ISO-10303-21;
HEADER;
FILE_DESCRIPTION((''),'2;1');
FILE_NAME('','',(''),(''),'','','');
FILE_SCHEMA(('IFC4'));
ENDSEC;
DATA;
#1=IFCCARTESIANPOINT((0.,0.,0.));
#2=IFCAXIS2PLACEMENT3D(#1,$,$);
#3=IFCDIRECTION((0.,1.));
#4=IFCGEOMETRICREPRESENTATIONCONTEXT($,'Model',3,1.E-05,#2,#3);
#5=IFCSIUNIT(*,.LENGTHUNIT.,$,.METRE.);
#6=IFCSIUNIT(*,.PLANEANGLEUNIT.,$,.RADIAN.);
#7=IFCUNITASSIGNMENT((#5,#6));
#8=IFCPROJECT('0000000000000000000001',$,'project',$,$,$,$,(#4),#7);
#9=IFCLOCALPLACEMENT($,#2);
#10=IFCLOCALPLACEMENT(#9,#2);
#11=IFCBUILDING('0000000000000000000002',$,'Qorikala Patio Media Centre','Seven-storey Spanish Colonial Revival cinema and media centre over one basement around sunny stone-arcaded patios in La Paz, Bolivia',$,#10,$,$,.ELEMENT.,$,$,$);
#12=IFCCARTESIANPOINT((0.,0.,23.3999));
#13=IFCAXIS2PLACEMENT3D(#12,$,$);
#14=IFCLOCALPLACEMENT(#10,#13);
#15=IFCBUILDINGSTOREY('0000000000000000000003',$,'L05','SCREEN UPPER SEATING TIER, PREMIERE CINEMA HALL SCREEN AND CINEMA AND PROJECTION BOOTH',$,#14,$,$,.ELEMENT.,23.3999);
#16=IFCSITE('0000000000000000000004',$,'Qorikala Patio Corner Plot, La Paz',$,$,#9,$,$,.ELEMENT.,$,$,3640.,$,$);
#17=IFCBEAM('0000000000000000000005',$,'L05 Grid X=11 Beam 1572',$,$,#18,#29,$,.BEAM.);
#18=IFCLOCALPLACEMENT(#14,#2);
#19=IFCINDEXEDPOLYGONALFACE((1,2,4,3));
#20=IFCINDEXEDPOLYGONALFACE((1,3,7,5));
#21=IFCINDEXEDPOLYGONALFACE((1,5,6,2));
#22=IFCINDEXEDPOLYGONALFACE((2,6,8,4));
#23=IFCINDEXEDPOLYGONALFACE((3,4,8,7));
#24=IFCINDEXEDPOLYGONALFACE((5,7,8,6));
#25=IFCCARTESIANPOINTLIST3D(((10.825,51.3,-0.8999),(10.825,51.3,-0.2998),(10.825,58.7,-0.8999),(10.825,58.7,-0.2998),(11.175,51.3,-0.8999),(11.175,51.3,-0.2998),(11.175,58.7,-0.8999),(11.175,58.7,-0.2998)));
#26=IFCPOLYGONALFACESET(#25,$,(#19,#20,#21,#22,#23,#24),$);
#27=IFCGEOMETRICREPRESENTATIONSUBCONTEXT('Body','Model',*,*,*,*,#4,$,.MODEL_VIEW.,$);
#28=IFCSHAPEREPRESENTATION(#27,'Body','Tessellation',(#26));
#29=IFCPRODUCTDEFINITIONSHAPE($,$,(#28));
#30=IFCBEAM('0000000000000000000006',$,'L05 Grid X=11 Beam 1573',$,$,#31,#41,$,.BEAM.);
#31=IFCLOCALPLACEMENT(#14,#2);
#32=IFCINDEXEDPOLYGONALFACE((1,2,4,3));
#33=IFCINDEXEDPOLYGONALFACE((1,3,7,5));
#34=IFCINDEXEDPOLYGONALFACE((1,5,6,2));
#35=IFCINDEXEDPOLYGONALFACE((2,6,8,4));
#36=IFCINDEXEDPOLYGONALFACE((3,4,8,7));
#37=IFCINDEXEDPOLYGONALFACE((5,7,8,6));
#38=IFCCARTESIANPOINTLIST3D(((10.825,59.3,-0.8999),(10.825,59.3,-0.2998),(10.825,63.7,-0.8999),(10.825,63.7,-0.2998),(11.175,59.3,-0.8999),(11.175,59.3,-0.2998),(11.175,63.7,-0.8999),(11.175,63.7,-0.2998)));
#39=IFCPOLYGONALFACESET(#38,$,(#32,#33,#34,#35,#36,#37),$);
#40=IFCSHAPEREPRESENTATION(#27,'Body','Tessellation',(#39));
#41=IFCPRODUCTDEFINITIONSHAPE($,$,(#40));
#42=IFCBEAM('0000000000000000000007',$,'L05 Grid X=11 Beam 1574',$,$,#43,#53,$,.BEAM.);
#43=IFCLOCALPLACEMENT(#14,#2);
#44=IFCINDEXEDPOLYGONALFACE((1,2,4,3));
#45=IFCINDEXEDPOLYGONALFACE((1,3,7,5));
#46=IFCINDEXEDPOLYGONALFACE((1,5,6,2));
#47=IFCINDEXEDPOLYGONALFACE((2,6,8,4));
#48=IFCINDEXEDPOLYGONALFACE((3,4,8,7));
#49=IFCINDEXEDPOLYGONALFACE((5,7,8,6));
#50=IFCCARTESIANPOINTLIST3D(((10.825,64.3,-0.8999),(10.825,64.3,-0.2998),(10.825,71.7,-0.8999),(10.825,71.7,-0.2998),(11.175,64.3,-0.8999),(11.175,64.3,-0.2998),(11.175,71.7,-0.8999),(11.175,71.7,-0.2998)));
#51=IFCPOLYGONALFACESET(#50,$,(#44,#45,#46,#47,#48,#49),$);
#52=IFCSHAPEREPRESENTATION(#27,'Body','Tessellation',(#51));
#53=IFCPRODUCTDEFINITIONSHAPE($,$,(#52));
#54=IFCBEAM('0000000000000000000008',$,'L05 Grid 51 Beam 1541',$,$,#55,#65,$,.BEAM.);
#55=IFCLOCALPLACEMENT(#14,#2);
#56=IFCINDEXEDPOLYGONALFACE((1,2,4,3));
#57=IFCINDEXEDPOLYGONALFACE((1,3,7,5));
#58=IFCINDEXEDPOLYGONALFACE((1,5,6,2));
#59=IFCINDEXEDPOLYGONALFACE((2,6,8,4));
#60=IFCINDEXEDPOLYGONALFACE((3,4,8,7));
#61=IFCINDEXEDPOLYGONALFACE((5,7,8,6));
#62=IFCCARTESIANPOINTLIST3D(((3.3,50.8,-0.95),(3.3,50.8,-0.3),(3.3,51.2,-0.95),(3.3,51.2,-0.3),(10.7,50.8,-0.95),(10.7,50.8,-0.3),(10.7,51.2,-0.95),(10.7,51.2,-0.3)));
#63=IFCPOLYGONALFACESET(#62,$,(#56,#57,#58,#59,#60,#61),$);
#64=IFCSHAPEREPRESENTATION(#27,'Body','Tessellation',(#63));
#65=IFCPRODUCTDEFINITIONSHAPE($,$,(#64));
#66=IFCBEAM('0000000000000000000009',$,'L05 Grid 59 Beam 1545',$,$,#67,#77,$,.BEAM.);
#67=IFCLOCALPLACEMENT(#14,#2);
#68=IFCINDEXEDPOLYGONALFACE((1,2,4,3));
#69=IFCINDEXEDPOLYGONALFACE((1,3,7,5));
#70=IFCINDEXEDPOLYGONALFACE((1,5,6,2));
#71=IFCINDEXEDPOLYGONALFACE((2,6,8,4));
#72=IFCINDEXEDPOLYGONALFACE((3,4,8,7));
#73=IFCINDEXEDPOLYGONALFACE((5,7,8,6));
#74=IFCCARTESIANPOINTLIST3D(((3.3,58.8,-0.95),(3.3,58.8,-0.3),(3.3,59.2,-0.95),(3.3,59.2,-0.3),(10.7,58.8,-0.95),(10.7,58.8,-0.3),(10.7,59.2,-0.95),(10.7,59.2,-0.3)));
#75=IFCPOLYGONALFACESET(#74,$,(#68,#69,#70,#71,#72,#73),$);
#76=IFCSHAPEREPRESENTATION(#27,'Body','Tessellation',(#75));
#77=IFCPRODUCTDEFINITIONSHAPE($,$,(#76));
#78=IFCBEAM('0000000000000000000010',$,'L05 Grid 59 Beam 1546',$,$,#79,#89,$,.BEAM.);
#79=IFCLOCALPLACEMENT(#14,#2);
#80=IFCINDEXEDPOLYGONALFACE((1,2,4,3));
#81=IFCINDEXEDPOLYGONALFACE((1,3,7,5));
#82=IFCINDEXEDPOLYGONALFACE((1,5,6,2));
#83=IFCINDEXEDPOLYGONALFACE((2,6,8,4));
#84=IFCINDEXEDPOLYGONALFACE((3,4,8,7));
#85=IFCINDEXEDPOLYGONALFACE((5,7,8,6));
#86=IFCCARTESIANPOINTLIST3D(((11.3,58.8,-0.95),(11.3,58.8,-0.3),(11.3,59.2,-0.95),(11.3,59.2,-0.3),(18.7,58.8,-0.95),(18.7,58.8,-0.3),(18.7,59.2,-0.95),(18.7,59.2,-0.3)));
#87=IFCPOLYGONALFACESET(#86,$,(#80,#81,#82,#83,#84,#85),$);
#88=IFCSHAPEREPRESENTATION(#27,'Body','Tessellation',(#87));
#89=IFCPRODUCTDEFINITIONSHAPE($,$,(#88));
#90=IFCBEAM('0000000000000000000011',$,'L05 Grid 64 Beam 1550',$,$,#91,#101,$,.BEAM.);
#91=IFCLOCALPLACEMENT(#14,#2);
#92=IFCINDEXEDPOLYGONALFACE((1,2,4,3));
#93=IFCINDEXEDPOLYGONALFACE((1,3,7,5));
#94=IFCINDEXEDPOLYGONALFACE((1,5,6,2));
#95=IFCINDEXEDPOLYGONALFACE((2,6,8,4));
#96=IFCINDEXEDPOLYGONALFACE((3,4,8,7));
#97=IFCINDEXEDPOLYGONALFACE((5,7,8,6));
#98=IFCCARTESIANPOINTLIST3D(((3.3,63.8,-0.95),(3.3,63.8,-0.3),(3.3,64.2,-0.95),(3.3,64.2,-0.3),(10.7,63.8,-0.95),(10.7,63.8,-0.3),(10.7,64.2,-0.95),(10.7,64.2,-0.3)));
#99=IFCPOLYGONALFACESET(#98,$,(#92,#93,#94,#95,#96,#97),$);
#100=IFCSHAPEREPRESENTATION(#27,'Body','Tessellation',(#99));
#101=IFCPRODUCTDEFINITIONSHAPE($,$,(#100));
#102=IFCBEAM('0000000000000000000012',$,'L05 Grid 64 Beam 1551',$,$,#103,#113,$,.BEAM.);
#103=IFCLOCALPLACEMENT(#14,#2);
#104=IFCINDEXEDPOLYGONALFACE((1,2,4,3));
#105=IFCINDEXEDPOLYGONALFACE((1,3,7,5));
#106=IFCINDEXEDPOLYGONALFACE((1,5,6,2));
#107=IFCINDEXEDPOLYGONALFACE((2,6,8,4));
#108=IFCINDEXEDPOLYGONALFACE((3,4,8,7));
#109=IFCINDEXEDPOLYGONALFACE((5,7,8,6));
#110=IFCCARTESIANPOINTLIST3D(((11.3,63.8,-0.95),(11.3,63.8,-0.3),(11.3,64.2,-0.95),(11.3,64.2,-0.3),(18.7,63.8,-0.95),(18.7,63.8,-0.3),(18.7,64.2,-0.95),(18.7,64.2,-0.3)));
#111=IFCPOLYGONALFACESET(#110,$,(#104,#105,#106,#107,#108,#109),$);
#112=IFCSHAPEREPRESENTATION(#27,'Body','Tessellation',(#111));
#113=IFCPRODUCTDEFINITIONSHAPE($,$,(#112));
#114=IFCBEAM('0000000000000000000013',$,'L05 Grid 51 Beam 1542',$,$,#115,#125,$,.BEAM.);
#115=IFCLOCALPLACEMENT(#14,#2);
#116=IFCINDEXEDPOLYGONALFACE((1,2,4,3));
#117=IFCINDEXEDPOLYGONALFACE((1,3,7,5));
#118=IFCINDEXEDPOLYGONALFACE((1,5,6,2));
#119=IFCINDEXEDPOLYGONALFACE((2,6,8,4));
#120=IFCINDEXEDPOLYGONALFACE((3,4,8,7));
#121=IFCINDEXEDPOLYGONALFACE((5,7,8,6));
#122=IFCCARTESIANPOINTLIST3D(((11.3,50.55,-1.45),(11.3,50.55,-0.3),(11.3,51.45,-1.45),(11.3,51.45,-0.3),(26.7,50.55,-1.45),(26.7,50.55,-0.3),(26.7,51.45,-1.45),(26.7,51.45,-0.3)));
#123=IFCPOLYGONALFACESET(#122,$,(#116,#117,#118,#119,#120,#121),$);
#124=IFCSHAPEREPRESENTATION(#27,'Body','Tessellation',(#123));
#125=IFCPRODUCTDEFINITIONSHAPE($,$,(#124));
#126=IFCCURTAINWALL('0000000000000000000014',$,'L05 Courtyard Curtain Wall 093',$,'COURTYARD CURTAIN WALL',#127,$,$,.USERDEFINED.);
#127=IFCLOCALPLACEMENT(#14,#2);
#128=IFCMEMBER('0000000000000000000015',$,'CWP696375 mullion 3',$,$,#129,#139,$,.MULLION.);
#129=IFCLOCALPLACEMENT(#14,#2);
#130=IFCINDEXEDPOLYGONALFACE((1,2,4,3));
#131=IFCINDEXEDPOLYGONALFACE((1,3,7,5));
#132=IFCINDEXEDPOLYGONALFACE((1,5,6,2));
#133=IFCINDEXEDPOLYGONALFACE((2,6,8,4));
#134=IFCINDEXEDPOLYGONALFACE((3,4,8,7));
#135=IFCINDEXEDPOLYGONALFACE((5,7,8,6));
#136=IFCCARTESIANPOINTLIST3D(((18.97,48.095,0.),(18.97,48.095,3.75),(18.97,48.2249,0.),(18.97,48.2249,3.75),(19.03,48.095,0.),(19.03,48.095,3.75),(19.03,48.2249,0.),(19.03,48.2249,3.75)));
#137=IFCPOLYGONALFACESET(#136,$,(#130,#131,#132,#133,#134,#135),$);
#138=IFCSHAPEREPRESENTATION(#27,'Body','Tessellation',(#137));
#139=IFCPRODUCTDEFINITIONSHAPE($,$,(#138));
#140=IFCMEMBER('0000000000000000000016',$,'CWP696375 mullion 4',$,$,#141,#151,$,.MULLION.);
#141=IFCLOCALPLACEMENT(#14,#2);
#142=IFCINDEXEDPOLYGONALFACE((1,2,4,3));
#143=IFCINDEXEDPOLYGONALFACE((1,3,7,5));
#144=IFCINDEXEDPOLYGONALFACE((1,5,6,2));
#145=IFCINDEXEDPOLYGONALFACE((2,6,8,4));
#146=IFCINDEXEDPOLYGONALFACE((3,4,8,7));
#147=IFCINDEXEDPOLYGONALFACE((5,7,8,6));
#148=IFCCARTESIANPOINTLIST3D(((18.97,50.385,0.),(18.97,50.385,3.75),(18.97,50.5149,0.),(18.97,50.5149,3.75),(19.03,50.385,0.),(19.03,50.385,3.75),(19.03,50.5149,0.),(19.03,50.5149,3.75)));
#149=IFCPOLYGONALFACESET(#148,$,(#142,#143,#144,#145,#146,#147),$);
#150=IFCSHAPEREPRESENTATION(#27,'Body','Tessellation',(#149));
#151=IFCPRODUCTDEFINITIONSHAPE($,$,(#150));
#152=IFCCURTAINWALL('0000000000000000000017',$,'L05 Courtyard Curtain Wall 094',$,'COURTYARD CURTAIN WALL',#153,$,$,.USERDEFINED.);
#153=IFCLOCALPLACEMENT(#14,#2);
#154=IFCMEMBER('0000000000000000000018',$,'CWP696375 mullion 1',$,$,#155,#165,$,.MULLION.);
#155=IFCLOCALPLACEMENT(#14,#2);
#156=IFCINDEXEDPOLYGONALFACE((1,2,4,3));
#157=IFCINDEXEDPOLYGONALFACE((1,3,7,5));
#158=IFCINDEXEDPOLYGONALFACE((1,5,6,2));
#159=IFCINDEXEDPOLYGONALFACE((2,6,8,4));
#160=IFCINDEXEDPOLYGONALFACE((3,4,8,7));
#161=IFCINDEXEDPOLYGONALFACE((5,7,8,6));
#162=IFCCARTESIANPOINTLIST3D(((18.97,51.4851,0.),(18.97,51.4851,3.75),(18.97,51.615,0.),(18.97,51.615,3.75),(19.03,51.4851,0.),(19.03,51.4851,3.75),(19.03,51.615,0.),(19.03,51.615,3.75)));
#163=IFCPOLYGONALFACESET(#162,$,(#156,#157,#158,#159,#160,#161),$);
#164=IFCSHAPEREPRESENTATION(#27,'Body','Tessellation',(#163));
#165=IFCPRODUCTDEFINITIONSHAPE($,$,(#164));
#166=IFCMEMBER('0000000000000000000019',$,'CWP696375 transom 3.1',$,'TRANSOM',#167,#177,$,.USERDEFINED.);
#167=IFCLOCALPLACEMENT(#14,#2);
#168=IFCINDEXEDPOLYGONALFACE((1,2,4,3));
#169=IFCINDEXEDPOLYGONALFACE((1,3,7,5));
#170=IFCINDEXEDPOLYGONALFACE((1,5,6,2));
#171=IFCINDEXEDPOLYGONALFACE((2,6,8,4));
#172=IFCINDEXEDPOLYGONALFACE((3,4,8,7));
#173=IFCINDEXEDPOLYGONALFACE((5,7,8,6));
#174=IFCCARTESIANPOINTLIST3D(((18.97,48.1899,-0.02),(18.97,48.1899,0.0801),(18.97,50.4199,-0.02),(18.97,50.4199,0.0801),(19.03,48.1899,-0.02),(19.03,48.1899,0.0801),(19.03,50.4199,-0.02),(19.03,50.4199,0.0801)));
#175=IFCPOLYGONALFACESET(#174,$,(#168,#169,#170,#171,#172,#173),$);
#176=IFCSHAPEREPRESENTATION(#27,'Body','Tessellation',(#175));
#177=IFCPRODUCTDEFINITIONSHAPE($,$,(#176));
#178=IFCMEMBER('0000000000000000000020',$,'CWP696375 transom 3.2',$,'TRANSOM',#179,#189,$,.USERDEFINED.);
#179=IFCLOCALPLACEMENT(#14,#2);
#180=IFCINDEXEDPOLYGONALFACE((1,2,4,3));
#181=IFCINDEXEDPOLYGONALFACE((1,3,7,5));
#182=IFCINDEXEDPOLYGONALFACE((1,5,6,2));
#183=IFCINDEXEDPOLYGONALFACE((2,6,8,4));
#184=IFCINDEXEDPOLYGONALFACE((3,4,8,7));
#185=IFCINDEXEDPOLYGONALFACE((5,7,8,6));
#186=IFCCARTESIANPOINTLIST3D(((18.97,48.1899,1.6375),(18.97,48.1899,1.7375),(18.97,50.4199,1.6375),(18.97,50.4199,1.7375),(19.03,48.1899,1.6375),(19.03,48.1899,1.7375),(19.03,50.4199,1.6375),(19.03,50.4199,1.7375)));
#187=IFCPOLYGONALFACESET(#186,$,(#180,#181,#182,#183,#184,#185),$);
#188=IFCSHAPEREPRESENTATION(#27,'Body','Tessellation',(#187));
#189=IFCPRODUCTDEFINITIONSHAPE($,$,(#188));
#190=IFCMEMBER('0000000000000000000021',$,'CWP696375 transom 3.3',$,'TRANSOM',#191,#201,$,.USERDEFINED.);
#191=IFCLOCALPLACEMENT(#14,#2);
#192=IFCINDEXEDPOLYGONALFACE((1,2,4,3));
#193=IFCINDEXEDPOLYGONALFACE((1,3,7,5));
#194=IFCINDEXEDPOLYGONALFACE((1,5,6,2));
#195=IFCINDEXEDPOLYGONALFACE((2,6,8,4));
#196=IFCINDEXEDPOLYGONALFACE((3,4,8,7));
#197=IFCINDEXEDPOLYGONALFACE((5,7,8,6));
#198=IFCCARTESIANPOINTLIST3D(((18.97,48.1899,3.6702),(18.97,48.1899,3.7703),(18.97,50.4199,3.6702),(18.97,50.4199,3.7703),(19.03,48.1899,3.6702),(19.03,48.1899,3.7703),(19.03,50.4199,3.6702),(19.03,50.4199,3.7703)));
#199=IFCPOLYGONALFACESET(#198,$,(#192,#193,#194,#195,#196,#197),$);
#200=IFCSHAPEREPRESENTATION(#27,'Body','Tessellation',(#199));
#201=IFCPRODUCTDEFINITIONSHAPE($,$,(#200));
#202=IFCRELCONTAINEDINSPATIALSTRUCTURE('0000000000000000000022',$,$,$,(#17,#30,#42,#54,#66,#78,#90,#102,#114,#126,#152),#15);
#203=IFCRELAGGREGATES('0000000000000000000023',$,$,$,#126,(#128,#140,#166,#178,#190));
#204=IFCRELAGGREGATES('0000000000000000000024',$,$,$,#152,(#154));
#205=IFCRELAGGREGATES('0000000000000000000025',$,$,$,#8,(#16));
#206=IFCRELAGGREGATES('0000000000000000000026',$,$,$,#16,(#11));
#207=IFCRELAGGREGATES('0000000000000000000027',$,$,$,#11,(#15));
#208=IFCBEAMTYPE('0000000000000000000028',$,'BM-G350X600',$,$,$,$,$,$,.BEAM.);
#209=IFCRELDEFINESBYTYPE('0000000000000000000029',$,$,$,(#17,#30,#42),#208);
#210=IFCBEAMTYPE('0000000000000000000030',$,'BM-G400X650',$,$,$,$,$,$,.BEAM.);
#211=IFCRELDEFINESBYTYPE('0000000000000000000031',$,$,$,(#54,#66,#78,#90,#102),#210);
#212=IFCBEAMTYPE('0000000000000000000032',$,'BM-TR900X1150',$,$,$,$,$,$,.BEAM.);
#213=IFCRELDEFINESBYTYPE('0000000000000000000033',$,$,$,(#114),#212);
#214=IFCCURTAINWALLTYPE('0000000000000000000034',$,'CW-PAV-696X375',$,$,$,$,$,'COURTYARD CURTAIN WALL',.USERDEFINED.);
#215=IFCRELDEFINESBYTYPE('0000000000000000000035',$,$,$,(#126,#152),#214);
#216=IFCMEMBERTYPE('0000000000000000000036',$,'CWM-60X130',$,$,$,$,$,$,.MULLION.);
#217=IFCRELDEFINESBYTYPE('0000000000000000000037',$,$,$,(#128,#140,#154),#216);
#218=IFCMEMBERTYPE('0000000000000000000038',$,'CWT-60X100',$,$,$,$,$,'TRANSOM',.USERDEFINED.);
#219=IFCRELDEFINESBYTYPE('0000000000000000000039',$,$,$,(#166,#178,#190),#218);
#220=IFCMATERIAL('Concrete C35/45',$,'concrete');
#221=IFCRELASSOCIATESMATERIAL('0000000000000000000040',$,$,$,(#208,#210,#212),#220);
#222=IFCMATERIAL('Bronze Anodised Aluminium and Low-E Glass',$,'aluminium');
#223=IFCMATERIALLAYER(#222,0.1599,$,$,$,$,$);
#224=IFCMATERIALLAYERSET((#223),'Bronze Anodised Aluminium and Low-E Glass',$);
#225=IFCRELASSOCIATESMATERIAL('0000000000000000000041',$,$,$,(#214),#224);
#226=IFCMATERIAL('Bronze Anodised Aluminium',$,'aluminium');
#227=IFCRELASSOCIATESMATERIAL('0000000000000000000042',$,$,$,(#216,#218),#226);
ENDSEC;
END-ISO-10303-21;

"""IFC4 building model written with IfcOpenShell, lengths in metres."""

from ifc_helpers import new_model, si_unit, direction, frame, origin, origin_2d, place, context, subcontext, project, spatial, rectangle, extrude, material, layer, layer_set, material_profile, profile_set, type_object, element, aggregate, save


model = new_model("IFC4")

# Units and contexts
model_context = context("Model", 3, precision=1e-05, world=origin(), true_north=direction((0.0, 1.0)))
body_context = subcontext(model_context, "Body", "Model", "MODEL_VIEW")
ifc_project = project(units=[si_unit("LENGTHUNIT", "METRE"), si_unit("PLANEANGLEUNIT", "RADIAN")], contexts=[model_context])

# Site, building, storey
site_placement = place(None, origin())
site = spatial("IfcSite", under=ifc_project, at=site_placement, Name="Qorikala Patio Corner Plot, La Paz", CompositionType="ELEMENT", RefElevation=3640.0)
building_placement = place(site_placement, origin())
building = spatial("IfcBuilding", under=site, at=building_placement, Name="Qorikala Patio Media Centre", Description="Seven-storey Spanish Colonial Revival cinema and media centre over one basement around sunny stone-arcaded patios in La Paz, Bolivia", CompositionType="ELEMENT")
storey_placement = place(building_placement, frame((0.0, 0.0, 23.3999)))
storey = spatial("IfcBuildingStorey", under=building, at=storey_placement, Name="L05", Description="SCREEN UPPER SEATING TIER, PREMIERE CINEMA HALL SCREEN AND CINEMA AND PROJECTION BOOTH", CompositionType="ELEMENT", Elevation=23.3999)

# Beams
ifc_material_1 = material(Name="Concrete C35/45", Category="concrete")
ifc_material_profile_1 = material_profile(ifc_material_1, rectangle(XDim=0.3501, YDim=0.6001, at=origin_2d()), Name="RC 350x600")
ifc_profile_set_1 = profile_set([ifc_material_profile_1], Name="Concrete C35/45")
beam_type_1 = type_object("IfcBeamType", Name="BM-G350X600", PredefinedType="BEAM", material=ifc_profile_set_1)
beam_1_placement = place(storey_placement, frame((11.0, 51.3, -0.5999), z_axis=(0.0, 1.0, 0.0), x_axis=(-1.0, 0.0, 0.0)))
element("IfcBeam", 1, at=beam_1_placement, inside=storey, type_object=beam_type_1, Name="L05 Grid X=11 Beam 1572", PredefinedType="BEAM", context=body_context, shape_type="SweptSolid", body=[
    extrude(rectangle(XDim=0.3501, YDim=0.6001, at=origin_2d()), origin(), (0.0, 0.0, 1.0), 7.3999),
])
beam_2_placement = place(storey_placement, frame((11.0, 59.3, -0.5999), z_axis=(0.0, 1.0, 0.0), x_axis=(-1.0, 0.0, 0.0)))
element("IfcBeam", 2, at=beam_2_placement, inside=storey, type_object=beam_type_1, Name="L05 Grid X=11 Beam 1573", PredefinedType="BEAM", context=body_context, shape_type="SweptSolid", body=[
    extrude(rectangle(XDim=0.3501, YDim=0.6001, at=origin_2d()), origin(), (0.0, 0.0, 1.0), 4.3999),
])
beam_3_placement = place(storey_placement, frame((11.0, 64.3, -0.5999), z_axis=(0.0, 1.0, 0.0), x_axis=(-1.0, 0.0, 0.0)))
element("IfcBeam", 3, at=beam_3_placement, inside=storey, type_object=beam_type_1, Name="L05 Grid X=11 Beam 1574", PredefinedType="BEAM", context=body_context, shape_type="SweptSolid", body=[
    extrude(rectangle(XDim=0.3501, YDim=0.6001, at=origin_2d()), origin(), (0.0, 0.0, 1.0), 7.3999),
])
ifc_material_profile_2 = material_profile(ifc_material_1, rectangle(XDim=0.3999, YDim=0.6499, at=origin_2d()), Name="RC 400x650")
ifc_profile_set_2 = profile_set([ifc_material_profile_2], Name="Concrete C35/45")
beam_type_2 = type_object("IfcBeamType", Name="BM-G400X650", PredefinedType="BEAM", material=ifc_profile_set_2)
for number, where, z_axis, x_axis, name in (
    (4, (3.3, 51.0, -0.625), (1.0, 0.0, 0.0), (0.0, 1.0, 0.0), "L05 Grid 51 Beam 1541"),
    (5, (3.3, 59.0, -0.625), (1.0, 0.0, 0.0), (0.0, 1.0, 0.0), "L05 Grid 59 Beam 1545"),
    (6, (11.3, 59.0, -0.625), (1.0, 0.0, 0.0), (0.0, 1.0, 0.0), "L05 Grid 59 Beam 1546"),
    (7, (3.3, 64.0, -0.625), (1.0, 0.0, 0.0), (0.0, 1.0, 0.0), "L05 Grid 64 Beam 1550"),
    (8, (11.3, 64.0, -0.625), (1.0, 0.0, 0.0), (0.0, 1.0, 0.0), "L05 Grid 64 Beam 1551"),
):
    element("IfcBeam", number, at=place(storey_placement, frame(where, z_axis=z_axis, x_axis=x_axis)), inside=storey, type_object=beam_type_2, Name=name, PredefinedType="BEAM", context=body_context, shape_type="SweptSolid", body=[
        extrude(rectangle(XDim=0.3999, YDim=0.6499, at=origin_2d()), origin(), (0.0, 0.0, 1.0), 7.3999),
    ])
ifc_material_profile_3 = material_profile(ifc_material_1, rectangle(XDim=0.8999, YDim=1.1499, at=origin_2d()), Name="RC 900x1150")
ifc_profile_set_3 = profile_set([ifc_material_profile_3], Name="Concrete C35/45")
beam_type_3 = type_object("IfcBeamType", Name="BM-TR900X1150", PredefinedType="BEAM", material=ifc_profile_set_3)
beam_4_placement = place(storey_placement, frame((11.3, 51.0, -0.875), z_axis=(1.0, 0.0, 0.0), x_axis=(0.0, 1.0, 0.0)))
element("IfcBeam", 9, at=beam_4_placement, inside=storey, type_object=beam_type_3, Name="L05 Grid 51 Beam 1542", PredefinedType="BEAM", context=body_context, shape_type="SweptSolid", body=[
    extrude(rectangle(XDim=0.8999, YDim=1.1499, at=origin_2d()), origin(), (0.0, 0.0, 1.0), 15.3999),
])

# Curtain wall, members
ifc_material_2 = material(Name="Bronze Anodised Aluminium and Low-E Glass", Category="aluminium")
ifc_layer_1 = layer(ifc_material_2, 0.1599)
ifc_layer_set_1 = layer_set([ifc_layer_1], Name="Bronze Anodised Aluminium and Low-E Glass")
curtain_wall_type = type_object("IfcCurtainWallType", Name="CW-PAV-696X375", ElementType="COURTYARD CURTAIN WALL", PredefinedType="USERDEFINED", material=ifc_layer_set_1)
curtain_wall_1_placement = place(storey_placement, origin())
curtain_wall_1 = element("IfcCurtainWall", 10, at=curtain_wall_1_placement, inside=storey, type_object=curtain_wall_type, Name="L05 Courtyard Curtain Wall 093", ObjectType="COURTYARD CURTAIN WALL", PredefinedType="USERDEFINED")
ifc_material_3 = material(Name="Bronze Anodised Aluminium", Category="aluminium")
ifc_material_profile_4 = material_profile(ifc_material_3, rectangle(XDim=0.0601, YDim=0.1299, at=origin_2d()), Name="ALU MULLION 60x130")
ifc_profile_set_4 = profile_set([ifc_material_profile_4], Name="Bronze Anodised Aluminium")
member_type_1 = type_object("IfcMemberType", Name="CWM-60X130", PredefinedType="MULLION", material=ifc_profile_set_4)
member_1_placement = place(storey_placement, frame((19.0, 48.1599, 0.0), z_axis=(0.0, 0.0, 1.0), x_axis=(-1.0, 0.0, 0.0)))
member_1 = element("IfcMember", 11, at=member_1_placement, type_object=member_type_1, Name="CWP696375 mullion 3", PredefinedType="MULLION", context=body_context, shape_type="SweptSolid", body=[
    extrude(rectangle(XDim=0.0601, YDim=0.1299, at=origin_2d()), origin(), (0.0, 0.0, 1.0), 3.75),
])
member_2_placement = place(storey_placement, frame((19.0, 50.45, 0.0), z_axis=(0.0, 0.0, 1.0), x_axis=(-1.0, 0.0, 0.0)))
member_2 = element("IfcMember", 12, at=member_2_placement, type_object=member_type_1, Name="CWP696375 mullion 4", PredefinedType="MULLION", context=body_context, shape_type="SweptSolid", body=[
    extrude(rectangle(XDim=0.0601, YDim=0.1299, at=origin_2d()), origin(), (0.0, 0.0, 1.0), 3.75),
])

# Curtain wall, member
curtain_wall_2_placement = place(storey_placement, origin())
curtain_wall_2 = element("IfcCurtainWall", 13, at=curtain_wall_2_placement, inside=storey, type_object=curtain_wall_type, Name="L05 Courtyard Curtain Wall 094", ObjectType="COURTYARD CURTAIN WALL", PredefinedType="USERDEFINED")
member_3_placement = place(storey_placement, frame((19.0, 51.55, 0.0), z_axis=(0.0, 0.0, 1.0), x_axis=(-1.0, 0.0, 0.0)))
member_3 = element("IfcMember", 14, at=member_3_placement, type_object=member_type_1, Name="CWP696375 mullion 1", PredefinedType="MULLION", context=body_context, shape_type="SweptSolid", body=[
    extrude(rectangle(XDim=0.0601, YDim=0.1299, at=origin_2d()), origin(), (0.0, 0.0, 1.0), 3.75),
])

# Members
ifc_material_profile_5 = material_profile(ifc_material_3, rectangle(XDim=0.0601, YDim=0.1001, at=origin_2d()), Name="ALU TRANSOM 60x100")
ifc_profile_set_5 = profile_set([ifc_material_profile_5], Name="Bronze Anodised Aluminium")
member_type_2 = type_object("IfcMemberType", Name="CWT-60X100", ElementType="TRANSOM", PredefinedType="USERDEFINED", material=ifc_profile_set_5)
member_4_placement = place(storey_placement, frame((19.0, 48.1899, 0.03), z_axis=(0.0, 1.0, 0.0), x_axis=(-1.0, 0.0, 0.0)))
member_4 = element("IfcMember", 15, at=member_4_placement, type_object=member_type_2, Name="CWP696375 transom 3.1", ObjectType="TRANSOM", PredefinedType="USERDEFINED", context=body_context, shape_type="SweptSolid", body=[
    extrude(rectangle(XDim=0.0601, YDim=0.1001, at=origin_2d()), origin(), (0.0, 0.0, 1.0), 2.23),
])
member_5_placement = place(storey_placement, frame((19.0, 48.1899, 1.6875), z_axis=(0.0, 1.0, 0.0), x_axis=(-1.0, 0.0, 0.0)))
member_5 = element("IfcMember", 16, at=member_5_placement, type_object=member_type_2, Name="CWP696375 transom 3.2", ObjectType="TRANSOM", PredefinedType="USERDEFINED", context=body_context, shape_type="SweptSolid", body=[
    extrude(rectangle(XDim=0.0601, YDim=0.1001, at=origin_2d()), origin(), (0.0, 0.0, 1.0), 2.23),
])
member_6_placement = place(storey_placement, frame((19.0, 48.1899, 3.7202), z_axis=(0.0, 1.0, 0.0), x_axis=(-1.0, 0.0, 0.0)))
member_6 = element("IfcMember", 17, at=member_6_placement, type_object=member_type_2, Name="CWP696375 transom 3.3", ObjectType="TRANSOM", PredefinedType="USERDEFINED", context=body_context, shape_type="SweptSolid", body=[
    extrude(rectangle(XDim=0.0601, YDim=0.1001, at=origin_2d()), origin(), (0.0, 0.0, 1.0), 2.23),
])

aggregate(curtain_wall_1, [member_1, member_2, member_4, member_5, member_6])
aggregate(curtain_wall_2, [member_3])

save(model, "model.ifc")
